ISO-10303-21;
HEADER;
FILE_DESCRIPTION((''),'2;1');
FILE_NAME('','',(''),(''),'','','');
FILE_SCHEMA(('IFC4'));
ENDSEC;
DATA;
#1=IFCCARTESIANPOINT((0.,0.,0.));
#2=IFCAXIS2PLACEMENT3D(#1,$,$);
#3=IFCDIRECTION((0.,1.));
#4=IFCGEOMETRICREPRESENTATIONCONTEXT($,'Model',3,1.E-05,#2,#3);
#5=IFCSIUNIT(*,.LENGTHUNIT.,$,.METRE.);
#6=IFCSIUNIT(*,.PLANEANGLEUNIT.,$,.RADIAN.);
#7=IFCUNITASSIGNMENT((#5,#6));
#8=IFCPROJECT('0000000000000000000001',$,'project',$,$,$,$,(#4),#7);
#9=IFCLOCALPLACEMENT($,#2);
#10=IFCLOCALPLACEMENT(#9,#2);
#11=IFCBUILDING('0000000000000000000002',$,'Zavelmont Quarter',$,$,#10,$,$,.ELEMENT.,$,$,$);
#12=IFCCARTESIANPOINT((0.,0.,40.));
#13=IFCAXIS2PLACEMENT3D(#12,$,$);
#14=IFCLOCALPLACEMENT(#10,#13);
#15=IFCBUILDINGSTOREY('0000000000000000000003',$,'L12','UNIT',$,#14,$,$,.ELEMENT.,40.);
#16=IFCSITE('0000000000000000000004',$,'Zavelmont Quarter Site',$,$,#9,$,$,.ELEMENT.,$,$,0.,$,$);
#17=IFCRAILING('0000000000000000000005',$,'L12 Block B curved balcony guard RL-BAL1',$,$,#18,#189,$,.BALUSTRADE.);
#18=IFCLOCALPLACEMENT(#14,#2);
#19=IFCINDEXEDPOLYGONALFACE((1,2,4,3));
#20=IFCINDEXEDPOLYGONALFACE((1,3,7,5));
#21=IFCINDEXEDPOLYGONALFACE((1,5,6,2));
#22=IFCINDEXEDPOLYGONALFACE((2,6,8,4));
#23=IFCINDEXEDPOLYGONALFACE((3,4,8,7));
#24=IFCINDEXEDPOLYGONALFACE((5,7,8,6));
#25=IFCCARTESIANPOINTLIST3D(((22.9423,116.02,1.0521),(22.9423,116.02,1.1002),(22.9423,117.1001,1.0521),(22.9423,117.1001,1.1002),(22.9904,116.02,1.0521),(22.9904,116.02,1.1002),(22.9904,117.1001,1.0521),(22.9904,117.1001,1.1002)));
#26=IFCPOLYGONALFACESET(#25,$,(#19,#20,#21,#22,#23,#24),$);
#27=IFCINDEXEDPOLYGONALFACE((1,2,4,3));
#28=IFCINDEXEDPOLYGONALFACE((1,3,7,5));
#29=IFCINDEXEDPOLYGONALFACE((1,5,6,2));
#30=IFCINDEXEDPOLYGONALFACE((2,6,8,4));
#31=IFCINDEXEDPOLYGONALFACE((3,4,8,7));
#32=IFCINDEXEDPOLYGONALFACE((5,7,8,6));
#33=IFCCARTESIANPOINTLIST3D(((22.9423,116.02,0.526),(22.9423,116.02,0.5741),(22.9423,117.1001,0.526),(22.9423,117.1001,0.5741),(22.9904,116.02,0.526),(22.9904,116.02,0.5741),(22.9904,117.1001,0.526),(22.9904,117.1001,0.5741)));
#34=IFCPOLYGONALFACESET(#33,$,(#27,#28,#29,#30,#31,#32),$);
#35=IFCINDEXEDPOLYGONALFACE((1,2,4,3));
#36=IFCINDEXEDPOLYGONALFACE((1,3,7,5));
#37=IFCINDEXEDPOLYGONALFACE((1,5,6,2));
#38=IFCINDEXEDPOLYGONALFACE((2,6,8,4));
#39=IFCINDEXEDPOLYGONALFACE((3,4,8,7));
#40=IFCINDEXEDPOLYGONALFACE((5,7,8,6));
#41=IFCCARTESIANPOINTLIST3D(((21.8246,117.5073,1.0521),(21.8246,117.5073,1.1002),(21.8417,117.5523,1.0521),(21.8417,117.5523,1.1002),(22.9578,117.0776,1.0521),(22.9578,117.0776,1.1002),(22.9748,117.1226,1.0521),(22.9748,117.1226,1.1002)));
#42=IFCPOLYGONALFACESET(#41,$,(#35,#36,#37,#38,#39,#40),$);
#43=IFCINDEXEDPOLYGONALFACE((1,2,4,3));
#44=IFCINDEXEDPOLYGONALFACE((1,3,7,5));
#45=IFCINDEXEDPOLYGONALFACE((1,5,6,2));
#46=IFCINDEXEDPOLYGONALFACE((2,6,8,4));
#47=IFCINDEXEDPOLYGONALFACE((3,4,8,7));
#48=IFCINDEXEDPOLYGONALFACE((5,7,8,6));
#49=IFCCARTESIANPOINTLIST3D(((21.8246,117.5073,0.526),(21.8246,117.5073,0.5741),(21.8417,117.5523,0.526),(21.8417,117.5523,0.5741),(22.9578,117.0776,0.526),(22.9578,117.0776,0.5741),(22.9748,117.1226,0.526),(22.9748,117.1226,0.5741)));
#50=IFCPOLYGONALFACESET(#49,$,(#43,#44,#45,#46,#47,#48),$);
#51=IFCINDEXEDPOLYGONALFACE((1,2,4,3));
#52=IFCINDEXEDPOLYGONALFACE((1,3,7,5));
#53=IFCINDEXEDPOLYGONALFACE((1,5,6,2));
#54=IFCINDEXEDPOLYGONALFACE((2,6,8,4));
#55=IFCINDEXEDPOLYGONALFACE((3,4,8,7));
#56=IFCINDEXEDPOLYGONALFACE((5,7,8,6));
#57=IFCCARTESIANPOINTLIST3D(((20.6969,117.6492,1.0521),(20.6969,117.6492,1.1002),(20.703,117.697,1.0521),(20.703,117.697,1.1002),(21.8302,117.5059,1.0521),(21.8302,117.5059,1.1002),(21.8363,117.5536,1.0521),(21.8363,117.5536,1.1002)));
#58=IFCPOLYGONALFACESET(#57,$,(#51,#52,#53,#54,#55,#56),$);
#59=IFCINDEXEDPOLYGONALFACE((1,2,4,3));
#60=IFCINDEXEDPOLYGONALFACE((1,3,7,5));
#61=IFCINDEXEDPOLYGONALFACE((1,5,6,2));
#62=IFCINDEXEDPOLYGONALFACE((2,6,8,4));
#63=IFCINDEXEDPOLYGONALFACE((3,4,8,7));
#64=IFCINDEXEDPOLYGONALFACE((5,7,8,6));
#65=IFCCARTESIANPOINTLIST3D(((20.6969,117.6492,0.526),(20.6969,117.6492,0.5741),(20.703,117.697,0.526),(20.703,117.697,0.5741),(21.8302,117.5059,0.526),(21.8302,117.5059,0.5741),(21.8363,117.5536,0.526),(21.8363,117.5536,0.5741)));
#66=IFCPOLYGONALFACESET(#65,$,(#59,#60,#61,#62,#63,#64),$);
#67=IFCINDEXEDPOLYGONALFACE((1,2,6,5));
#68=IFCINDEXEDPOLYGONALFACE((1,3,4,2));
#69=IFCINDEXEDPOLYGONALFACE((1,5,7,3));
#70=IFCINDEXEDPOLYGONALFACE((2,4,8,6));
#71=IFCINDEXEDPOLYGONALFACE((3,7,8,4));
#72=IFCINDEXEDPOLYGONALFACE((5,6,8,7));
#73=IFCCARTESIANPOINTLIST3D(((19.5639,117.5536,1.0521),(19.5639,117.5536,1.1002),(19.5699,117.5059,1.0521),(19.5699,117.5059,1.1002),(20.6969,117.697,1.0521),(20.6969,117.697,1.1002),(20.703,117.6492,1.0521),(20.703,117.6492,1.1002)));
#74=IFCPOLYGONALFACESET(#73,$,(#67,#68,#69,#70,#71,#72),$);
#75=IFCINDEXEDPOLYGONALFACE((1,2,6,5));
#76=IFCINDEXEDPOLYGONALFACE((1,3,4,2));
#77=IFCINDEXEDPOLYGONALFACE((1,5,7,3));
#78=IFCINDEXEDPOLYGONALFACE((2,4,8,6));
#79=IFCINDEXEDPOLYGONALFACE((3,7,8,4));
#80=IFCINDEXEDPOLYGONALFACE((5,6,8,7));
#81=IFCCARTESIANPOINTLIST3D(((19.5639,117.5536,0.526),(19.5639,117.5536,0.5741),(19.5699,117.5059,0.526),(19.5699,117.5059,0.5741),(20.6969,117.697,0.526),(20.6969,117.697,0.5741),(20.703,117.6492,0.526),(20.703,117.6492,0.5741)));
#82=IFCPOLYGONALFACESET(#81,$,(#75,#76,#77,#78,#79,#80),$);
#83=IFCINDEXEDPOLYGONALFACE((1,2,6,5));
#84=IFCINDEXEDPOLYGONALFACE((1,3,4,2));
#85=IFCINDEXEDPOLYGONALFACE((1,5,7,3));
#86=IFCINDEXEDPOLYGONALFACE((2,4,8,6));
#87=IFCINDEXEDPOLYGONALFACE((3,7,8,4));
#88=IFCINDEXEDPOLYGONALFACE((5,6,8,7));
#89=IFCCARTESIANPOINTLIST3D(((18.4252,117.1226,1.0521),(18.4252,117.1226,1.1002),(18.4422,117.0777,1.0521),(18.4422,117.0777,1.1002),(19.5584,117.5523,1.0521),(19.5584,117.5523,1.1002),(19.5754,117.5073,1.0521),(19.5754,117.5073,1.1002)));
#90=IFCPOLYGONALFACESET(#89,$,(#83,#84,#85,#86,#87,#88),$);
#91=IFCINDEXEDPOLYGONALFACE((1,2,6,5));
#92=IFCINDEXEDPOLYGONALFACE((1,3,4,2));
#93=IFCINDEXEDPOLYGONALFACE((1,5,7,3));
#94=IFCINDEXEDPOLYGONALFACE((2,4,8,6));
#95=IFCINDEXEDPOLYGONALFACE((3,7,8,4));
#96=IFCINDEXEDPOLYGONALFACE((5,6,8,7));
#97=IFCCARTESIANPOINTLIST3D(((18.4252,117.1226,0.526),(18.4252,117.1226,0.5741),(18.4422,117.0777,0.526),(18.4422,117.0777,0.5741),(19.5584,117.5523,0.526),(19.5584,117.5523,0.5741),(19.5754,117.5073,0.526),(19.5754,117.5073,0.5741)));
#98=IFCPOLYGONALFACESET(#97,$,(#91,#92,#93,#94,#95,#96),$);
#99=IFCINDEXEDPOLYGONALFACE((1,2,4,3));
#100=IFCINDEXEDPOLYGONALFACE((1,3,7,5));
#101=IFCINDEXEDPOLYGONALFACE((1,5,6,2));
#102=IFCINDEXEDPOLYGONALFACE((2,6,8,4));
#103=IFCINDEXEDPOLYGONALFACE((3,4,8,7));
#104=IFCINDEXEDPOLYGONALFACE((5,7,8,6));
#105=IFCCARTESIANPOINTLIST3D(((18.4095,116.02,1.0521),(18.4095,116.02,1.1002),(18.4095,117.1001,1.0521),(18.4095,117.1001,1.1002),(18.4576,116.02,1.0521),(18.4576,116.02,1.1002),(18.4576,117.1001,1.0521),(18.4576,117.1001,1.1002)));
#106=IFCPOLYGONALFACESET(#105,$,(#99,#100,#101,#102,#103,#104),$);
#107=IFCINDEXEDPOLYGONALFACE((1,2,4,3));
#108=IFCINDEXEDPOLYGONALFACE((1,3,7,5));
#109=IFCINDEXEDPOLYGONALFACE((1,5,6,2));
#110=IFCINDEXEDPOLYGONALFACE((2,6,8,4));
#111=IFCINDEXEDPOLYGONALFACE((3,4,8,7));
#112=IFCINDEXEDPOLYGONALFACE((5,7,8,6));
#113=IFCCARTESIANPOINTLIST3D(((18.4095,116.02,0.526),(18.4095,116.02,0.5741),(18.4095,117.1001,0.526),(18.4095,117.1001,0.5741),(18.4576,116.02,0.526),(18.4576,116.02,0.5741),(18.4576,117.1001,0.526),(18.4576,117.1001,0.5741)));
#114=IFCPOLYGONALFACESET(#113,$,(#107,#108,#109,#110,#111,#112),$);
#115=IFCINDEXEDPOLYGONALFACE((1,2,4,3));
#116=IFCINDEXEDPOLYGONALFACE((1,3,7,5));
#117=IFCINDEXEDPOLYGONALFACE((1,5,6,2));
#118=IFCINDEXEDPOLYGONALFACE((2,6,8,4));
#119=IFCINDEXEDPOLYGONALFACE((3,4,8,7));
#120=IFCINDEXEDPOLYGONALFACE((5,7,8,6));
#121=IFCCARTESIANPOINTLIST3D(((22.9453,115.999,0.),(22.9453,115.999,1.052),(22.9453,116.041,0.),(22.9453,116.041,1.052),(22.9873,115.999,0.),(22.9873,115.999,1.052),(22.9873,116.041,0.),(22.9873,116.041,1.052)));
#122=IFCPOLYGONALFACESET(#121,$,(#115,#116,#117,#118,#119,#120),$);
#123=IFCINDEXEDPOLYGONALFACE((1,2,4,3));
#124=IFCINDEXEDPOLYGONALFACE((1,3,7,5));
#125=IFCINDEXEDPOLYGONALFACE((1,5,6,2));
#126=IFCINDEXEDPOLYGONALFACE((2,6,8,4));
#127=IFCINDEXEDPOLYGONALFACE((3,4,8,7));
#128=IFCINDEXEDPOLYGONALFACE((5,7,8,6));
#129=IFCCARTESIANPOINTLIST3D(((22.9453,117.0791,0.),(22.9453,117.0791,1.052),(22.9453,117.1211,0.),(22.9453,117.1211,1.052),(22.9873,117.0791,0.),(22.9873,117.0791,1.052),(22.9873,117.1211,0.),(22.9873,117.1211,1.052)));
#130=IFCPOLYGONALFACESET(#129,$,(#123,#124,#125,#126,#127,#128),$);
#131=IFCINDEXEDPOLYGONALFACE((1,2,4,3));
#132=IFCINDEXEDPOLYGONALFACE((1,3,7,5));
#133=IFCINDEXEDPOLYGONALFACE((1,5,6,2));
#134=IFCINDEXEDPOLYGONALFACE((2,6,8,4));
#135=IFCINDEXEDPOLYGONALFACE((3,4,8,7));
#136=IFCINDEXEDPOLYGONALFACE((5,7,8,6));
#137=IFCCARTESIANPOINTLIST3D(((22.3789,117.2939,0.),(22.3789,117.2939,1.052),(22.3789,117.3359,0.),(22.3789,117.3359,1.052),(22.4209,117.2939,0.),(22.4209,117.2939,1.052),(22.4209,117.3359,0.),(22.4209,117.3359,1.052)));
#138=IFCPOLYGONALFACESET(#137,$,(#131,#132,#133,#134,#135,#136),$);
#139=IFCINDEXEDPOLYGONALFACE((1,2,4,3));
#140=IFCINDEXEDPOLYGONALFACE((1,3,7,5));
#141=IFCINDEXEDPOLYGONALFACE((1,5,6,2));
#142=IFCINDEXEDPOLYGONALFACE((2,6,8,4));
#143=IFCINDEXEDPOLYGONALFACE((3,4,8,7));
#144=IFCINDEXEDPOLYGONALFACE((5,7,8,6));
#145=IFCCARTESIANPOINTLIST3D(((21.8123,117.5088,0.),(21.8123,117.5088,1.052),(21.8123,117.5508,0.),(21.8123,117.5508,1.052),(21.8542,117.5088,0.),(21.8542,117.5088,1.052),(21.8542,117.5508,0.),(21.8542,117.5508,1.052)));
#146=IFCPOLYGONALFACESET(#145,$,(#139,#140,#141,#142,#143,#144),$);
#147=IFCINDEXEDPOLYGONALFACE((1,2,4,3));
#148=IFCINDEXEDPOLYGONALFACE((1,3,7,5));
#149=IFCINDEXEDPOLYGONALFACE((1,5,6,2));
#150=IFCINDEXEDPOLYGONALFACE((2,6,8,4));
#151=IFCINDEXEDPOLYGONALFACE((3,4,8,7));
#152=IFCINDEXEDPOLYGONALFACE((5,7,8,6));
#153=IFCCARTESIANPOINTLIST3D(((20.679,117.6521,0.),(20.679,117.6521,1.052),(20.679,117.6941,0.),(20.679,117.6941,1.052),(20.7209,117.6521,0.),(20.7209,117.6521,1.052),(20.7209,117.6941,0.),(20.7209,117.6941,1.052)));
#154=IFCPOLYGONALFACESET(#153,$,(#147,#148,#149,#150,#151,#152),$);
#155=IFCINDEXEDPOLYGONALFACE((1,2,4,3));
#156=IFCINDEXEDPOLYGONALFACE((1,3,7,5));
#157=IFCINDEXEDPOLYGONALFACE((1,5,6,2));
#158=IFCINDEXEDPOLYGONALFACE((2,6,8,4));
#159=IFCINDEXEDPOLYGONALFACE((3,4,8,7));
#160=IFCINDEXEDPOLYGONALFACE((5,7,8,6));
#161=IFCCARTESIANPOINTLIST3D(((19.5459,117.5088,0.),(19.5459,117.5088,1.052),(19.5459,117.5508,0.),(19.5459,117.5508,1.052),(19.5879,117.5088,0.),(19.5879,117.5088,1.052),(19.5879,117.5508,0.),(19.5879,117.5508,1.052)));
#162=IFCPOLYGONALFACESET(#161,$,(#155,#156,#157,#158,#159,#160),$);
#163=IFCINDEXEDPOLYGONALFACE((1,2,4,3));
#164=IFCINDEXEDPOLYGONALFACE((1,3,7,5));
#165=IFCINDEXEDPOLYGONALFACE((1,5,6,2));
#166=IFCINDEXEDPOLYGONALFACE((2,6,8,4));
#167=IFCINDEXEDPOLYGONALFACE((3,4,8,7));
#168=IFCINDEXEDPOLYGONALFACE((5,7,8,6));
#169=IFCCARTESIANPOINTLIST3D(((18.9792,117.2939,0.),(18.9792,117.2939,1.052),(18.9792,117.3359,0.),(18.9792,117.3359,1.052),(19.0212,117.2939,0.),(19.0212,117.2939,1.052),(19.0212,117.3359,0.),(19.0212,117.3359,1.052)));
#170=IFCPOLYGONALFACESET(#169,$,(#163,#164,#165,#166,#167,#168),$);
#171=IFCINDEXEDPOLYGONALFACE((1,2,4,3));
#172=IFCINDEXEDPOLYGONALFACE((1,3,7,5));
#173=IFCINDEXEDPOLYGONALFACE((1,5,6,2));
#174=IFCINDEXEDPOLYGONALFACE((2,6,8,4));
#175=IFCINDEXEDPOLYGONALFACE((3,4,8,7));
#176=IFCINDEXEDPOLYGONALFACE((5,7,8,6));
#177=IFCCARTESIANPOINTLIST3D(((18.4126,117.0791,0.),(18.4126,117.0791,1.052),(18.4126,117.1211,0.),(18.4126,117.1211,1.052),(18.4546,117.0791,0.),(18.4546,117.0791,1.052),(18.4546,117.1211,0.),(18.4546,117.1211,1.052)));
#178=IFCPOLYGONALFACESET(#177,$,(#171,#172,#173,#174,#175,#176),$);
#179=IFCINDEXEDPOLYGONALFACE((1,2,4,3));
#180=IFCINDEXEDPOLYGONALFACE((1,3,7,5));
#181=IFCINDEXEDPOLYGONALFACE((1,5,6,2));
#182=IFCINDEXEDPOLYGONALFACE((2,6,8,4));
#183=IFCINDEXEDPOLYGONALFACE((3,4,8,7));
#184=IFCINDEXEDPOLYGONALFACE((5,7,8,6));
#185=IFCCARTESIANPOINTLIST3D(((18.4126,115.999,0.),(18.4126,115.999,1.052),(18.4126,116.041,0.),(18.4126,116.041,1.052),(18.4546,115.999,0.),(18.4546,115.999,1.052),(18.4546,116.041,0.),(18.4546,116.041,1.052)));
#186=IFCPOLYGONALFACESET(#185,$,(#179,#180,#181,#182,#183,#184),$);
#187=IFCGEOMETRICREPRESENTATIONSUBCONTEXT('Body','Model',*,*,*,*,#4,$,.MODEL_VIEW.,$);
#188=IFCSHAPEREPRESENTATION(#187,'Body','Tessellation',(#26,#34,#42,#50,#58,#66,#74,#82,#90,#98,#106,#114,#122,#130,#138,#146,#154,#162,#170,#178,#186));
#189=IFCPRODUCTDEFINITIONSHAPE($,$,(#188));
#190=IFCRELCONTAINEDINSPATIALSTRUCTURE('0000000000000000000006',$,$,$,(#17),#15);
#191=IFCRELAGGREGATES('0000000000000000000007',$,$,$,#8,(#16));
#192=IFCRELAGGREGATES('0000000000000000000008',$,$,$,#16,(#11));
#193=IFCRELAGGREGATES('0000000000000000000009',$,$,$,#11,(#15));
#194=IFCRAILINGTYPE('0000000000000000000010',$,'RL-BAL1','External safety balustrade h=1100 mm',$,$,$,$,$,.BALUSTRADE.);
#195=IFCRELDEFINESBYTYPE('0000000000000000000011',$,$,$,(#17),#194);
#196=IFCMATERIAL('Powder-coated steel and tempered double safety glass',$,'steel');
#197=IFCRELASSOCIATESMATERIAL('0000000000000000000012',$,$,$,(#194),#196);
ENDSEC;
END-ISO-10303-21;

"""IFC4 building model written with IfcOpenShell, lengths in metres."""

from ifc_helpers import new_model, si_unit, direction, frame, origin, origin_2d, place, context, subcontext, project, spatial, rectangle, extrude, material, type_object, element, save


model = new_model("IFC4")

# Units and contexts
model_context = context("Model", 3, precision=1e-05, world=origin(), true_north=direction((0.0, 1.0)))
body_context = subcontext(model_context, "Body", "Model", "MODEL_VIEW")
ifc_project = project(units=[si_unit("LENGTHUNIT", "METRE"), si_unit("PLANEANGLEUNIT", "RADIAN")], contexts=[model_context])

# Site, building, storey
site_placement = place(None, origin())
site = spatial("IfcSite", under=ifc_project, at=site_placement, Name="Zavelmont Quarter Site", CompositionType="ELEMENT", RefElevation=0.0)
building_placement = place(site_placement, origin())
building = spatial("IfcBuilding", under=site, at=building_placement, Name="Zavelmont Quarter", CompositionType="ELEMENT")
storey_placement = place(building_placement, frame((0.0, 0.0, 40.0)))
storey = spatial("IfcBuildingStorey", under=building, at=storey_placement, Name="L12", Description="UNIT", CompositionType="ELEMENT", Elevation=40.0)

# Railing
ifc_material_1 = material(Name="Powder-coated steel and tempered double safety glass", Category="steel")
railing_type = type_object("IfcRailingType", Name="RL-BAL1", Description="External safety balustrade h=1100 mm", PredefinedType="BALUSTRADE", material=ifc_material_1)
railing_placement = place(storey_placement, frame((22.9663, 116.02, 0.0)))
element("IfcRailing", 1, at=railing_placement, inside=storey, type_object=railing_type, Name="L12 Block B curved balcony guard RL-BAL1", PredefinedType="BALUSTRADE", context=body_context, shape_type="SweptSolid", body=[
    extrude(rectangle(XDim=0.0481, YDim=0.0481, at=origin_2d()), frame((0.0, 0.0, 1.0762), z_axis=(0.0, 1.0, 0.0), x_axis=(-1.0, 0.0, 0.0)), (0.0, 0.0, 1.0), 1.0801),
    extrude(rectangle(XDim=0.0481, YDim=0.0481, at=origin_2d()), frame((0.0, 0.0, 0.55), z_axis=(0.0, 1.0, 0.0), x_axis=(-1.0, 0.0, 0.0)), (0.0, 0.0, 1.0), 1.0801),
    extrude(rectangle(XDim=0.0481, YDim=0.0481, at=origin_2d()), frame((0.0, 1.0801, 1.0762), z_axis=(-0.935023, 0.354587, 0.0), x_axis=(-0.354587, -0.935023, 0.0)), (0.0, 0.0, 1.0), 1.2119),
    extrude(rectangle(XDim=0.0481, YDim=0.0481, at=origin_2d()), frame((0.0, 1.0801, 0.55), z_axis=(-0.935023, 0.354587, 0.0), x_axis=(-0.354587, -0.935023, 0.0)), (0.0, 0.0, 1.0), 1.2119),
    extrude(rectangle(XDim=0.0481, YDim=0.0481, at=origin_2d()), frame((-1.1331, 1.5098, 1.0762), z_axis=(-0.992099, 0.125455, 0.0), x_axis=(-0.125455, -0.992099, 0.0)), (0.0, 0.0, 1.0), 1.1423),
    extrude(rectangle(XDim=0.0481, YDim=0.0481, at=origin_2d()), frame((-1.1331, 1.5098, 0.55), z_axis=(-0.992099, 0.125455, 0.0), x_axis=(-0.125455, -0.992099, 0.0)), (0.0, 0.0, 1.0), 1.1423),
    extrude(rectangle(XDim=0.0481, YDim=0.0481, at=origin_2d()), frame((-2.2664, 1.6531, 1.0762), z_axis=(-0.992096, -0.125482, 0.0), x_axis=(0.125482, -0.992096, 0.0)), (0.0, 0.0, 1.0), 1.1421),
    extrude(rectangle(XDim=0.0481, YDim=0.0481, at=origin_2d()), frame((-2.2664, 1.6531, 0.55), z_axis=(-0.992096, -0.125482, 0.0), x_axis=(0.125482, -0.992096, 0.0)), (0.0, 0.0, 1.0), 1.1421),
    extrude(rectangle(XDim=0.0481, YDim=0.0481, at=origin_2d()), frame((-3.3994, 1.5098, 1.0762), z_axis=(-0.935048, -0.354521, 0.0), x_axis=(0.354521, -0.935048, 0.0)), (0.0, 0.0, 1.0), 1.2119),
    extrude(rectangle(XDim=0.0481, YDim=0.0481, at=origin_2d()), frame((-3.3994, 1.5098, 0.55), z_axis=(-0.935048, -0.354521, 0.0), x_axis=(0.354521, -0.935048, 0.0)), (0.0, 0.0, 1.0), 1.2119),
    extrude(rectangle(XDim=0.0481, YDim=0.0481, at=origin_2d()), frame((-4.5327, 1.0801, 1.0762), z_axis=(0.0, -1.0, 0.0), x_axis=(1.0, 0.0, 0.0)), (0.0, 0.0, 1.0), 1.0801),
    extrude(rectangle(XDim=0.0481, YDim=0.0481, at=origin_2d()), frame((-4.5327, 1.0801, 0.55), z_axis=(0.0, -1.0, 0.0), x_axis=(1.0, 0.0, 0.0)), (0.0, 0.0, 1.0), 1.0801),
    extrude(rectangle(XDim=0.042, YDim=0.042, at=origin_2d()), origin(), (0.0, 0.0, 1.0), 1.052),
    extrude(rectangle(XDim=0.042, YDim=0.042, at=origin_2d()), frame((0.0, 1.0801, 0.0)), (0.0, 0.0, 1.0), 1.052),
    extrude(rectangle(XDim=0.042, YDim=0.042, at=origin_2d()), frame((-0.5664, 1.2949, 0.0)), (0.0, 0.0, 1.0), 1.052),
    extrude(rectangle(XDim=0.042, YDim=0.042, at=origin_2d()), frame((-1.1331, 1.5098, 0.0)), (0.0, 0.0, 1.0), 1.052),
    extrude(rectangle(XDim=0.042, YDim=0.042, at=origin_2d()), frame((-2.2664, 1.6531, 0.0)), (0.0, 0.0, 1.0), 1.052),
    extrude(rectangle(XDim=0.042, YDim=0.042, at=origin_2d()), frame((-3.3994, 1.5098, 0.0)), (0.0, 0.0, 1.0), 1.052),
    extrude(rectangle(XDim=0.042, YDim=0.042, at=origin_2d()), frame((-3.9661, 1.2949, 0.0)), (0.0, 0.0, 1.0), 1.052),
    extrude(rectangle(XDim=0.042, YDim=0.042, at=origin_2d()), frame((-4.5327, 1.0801, 0.0)), (0.0, 0.0, 1.0), 1.052),
    extrude(rectangle(XDim=0.042, YDim=0.042, at=origin_2d()), frame((-4.5327, 0.0, 0.0)), (0.0, 0.0, 1.0), 1.052),
])

save(model, "model.ifc")
